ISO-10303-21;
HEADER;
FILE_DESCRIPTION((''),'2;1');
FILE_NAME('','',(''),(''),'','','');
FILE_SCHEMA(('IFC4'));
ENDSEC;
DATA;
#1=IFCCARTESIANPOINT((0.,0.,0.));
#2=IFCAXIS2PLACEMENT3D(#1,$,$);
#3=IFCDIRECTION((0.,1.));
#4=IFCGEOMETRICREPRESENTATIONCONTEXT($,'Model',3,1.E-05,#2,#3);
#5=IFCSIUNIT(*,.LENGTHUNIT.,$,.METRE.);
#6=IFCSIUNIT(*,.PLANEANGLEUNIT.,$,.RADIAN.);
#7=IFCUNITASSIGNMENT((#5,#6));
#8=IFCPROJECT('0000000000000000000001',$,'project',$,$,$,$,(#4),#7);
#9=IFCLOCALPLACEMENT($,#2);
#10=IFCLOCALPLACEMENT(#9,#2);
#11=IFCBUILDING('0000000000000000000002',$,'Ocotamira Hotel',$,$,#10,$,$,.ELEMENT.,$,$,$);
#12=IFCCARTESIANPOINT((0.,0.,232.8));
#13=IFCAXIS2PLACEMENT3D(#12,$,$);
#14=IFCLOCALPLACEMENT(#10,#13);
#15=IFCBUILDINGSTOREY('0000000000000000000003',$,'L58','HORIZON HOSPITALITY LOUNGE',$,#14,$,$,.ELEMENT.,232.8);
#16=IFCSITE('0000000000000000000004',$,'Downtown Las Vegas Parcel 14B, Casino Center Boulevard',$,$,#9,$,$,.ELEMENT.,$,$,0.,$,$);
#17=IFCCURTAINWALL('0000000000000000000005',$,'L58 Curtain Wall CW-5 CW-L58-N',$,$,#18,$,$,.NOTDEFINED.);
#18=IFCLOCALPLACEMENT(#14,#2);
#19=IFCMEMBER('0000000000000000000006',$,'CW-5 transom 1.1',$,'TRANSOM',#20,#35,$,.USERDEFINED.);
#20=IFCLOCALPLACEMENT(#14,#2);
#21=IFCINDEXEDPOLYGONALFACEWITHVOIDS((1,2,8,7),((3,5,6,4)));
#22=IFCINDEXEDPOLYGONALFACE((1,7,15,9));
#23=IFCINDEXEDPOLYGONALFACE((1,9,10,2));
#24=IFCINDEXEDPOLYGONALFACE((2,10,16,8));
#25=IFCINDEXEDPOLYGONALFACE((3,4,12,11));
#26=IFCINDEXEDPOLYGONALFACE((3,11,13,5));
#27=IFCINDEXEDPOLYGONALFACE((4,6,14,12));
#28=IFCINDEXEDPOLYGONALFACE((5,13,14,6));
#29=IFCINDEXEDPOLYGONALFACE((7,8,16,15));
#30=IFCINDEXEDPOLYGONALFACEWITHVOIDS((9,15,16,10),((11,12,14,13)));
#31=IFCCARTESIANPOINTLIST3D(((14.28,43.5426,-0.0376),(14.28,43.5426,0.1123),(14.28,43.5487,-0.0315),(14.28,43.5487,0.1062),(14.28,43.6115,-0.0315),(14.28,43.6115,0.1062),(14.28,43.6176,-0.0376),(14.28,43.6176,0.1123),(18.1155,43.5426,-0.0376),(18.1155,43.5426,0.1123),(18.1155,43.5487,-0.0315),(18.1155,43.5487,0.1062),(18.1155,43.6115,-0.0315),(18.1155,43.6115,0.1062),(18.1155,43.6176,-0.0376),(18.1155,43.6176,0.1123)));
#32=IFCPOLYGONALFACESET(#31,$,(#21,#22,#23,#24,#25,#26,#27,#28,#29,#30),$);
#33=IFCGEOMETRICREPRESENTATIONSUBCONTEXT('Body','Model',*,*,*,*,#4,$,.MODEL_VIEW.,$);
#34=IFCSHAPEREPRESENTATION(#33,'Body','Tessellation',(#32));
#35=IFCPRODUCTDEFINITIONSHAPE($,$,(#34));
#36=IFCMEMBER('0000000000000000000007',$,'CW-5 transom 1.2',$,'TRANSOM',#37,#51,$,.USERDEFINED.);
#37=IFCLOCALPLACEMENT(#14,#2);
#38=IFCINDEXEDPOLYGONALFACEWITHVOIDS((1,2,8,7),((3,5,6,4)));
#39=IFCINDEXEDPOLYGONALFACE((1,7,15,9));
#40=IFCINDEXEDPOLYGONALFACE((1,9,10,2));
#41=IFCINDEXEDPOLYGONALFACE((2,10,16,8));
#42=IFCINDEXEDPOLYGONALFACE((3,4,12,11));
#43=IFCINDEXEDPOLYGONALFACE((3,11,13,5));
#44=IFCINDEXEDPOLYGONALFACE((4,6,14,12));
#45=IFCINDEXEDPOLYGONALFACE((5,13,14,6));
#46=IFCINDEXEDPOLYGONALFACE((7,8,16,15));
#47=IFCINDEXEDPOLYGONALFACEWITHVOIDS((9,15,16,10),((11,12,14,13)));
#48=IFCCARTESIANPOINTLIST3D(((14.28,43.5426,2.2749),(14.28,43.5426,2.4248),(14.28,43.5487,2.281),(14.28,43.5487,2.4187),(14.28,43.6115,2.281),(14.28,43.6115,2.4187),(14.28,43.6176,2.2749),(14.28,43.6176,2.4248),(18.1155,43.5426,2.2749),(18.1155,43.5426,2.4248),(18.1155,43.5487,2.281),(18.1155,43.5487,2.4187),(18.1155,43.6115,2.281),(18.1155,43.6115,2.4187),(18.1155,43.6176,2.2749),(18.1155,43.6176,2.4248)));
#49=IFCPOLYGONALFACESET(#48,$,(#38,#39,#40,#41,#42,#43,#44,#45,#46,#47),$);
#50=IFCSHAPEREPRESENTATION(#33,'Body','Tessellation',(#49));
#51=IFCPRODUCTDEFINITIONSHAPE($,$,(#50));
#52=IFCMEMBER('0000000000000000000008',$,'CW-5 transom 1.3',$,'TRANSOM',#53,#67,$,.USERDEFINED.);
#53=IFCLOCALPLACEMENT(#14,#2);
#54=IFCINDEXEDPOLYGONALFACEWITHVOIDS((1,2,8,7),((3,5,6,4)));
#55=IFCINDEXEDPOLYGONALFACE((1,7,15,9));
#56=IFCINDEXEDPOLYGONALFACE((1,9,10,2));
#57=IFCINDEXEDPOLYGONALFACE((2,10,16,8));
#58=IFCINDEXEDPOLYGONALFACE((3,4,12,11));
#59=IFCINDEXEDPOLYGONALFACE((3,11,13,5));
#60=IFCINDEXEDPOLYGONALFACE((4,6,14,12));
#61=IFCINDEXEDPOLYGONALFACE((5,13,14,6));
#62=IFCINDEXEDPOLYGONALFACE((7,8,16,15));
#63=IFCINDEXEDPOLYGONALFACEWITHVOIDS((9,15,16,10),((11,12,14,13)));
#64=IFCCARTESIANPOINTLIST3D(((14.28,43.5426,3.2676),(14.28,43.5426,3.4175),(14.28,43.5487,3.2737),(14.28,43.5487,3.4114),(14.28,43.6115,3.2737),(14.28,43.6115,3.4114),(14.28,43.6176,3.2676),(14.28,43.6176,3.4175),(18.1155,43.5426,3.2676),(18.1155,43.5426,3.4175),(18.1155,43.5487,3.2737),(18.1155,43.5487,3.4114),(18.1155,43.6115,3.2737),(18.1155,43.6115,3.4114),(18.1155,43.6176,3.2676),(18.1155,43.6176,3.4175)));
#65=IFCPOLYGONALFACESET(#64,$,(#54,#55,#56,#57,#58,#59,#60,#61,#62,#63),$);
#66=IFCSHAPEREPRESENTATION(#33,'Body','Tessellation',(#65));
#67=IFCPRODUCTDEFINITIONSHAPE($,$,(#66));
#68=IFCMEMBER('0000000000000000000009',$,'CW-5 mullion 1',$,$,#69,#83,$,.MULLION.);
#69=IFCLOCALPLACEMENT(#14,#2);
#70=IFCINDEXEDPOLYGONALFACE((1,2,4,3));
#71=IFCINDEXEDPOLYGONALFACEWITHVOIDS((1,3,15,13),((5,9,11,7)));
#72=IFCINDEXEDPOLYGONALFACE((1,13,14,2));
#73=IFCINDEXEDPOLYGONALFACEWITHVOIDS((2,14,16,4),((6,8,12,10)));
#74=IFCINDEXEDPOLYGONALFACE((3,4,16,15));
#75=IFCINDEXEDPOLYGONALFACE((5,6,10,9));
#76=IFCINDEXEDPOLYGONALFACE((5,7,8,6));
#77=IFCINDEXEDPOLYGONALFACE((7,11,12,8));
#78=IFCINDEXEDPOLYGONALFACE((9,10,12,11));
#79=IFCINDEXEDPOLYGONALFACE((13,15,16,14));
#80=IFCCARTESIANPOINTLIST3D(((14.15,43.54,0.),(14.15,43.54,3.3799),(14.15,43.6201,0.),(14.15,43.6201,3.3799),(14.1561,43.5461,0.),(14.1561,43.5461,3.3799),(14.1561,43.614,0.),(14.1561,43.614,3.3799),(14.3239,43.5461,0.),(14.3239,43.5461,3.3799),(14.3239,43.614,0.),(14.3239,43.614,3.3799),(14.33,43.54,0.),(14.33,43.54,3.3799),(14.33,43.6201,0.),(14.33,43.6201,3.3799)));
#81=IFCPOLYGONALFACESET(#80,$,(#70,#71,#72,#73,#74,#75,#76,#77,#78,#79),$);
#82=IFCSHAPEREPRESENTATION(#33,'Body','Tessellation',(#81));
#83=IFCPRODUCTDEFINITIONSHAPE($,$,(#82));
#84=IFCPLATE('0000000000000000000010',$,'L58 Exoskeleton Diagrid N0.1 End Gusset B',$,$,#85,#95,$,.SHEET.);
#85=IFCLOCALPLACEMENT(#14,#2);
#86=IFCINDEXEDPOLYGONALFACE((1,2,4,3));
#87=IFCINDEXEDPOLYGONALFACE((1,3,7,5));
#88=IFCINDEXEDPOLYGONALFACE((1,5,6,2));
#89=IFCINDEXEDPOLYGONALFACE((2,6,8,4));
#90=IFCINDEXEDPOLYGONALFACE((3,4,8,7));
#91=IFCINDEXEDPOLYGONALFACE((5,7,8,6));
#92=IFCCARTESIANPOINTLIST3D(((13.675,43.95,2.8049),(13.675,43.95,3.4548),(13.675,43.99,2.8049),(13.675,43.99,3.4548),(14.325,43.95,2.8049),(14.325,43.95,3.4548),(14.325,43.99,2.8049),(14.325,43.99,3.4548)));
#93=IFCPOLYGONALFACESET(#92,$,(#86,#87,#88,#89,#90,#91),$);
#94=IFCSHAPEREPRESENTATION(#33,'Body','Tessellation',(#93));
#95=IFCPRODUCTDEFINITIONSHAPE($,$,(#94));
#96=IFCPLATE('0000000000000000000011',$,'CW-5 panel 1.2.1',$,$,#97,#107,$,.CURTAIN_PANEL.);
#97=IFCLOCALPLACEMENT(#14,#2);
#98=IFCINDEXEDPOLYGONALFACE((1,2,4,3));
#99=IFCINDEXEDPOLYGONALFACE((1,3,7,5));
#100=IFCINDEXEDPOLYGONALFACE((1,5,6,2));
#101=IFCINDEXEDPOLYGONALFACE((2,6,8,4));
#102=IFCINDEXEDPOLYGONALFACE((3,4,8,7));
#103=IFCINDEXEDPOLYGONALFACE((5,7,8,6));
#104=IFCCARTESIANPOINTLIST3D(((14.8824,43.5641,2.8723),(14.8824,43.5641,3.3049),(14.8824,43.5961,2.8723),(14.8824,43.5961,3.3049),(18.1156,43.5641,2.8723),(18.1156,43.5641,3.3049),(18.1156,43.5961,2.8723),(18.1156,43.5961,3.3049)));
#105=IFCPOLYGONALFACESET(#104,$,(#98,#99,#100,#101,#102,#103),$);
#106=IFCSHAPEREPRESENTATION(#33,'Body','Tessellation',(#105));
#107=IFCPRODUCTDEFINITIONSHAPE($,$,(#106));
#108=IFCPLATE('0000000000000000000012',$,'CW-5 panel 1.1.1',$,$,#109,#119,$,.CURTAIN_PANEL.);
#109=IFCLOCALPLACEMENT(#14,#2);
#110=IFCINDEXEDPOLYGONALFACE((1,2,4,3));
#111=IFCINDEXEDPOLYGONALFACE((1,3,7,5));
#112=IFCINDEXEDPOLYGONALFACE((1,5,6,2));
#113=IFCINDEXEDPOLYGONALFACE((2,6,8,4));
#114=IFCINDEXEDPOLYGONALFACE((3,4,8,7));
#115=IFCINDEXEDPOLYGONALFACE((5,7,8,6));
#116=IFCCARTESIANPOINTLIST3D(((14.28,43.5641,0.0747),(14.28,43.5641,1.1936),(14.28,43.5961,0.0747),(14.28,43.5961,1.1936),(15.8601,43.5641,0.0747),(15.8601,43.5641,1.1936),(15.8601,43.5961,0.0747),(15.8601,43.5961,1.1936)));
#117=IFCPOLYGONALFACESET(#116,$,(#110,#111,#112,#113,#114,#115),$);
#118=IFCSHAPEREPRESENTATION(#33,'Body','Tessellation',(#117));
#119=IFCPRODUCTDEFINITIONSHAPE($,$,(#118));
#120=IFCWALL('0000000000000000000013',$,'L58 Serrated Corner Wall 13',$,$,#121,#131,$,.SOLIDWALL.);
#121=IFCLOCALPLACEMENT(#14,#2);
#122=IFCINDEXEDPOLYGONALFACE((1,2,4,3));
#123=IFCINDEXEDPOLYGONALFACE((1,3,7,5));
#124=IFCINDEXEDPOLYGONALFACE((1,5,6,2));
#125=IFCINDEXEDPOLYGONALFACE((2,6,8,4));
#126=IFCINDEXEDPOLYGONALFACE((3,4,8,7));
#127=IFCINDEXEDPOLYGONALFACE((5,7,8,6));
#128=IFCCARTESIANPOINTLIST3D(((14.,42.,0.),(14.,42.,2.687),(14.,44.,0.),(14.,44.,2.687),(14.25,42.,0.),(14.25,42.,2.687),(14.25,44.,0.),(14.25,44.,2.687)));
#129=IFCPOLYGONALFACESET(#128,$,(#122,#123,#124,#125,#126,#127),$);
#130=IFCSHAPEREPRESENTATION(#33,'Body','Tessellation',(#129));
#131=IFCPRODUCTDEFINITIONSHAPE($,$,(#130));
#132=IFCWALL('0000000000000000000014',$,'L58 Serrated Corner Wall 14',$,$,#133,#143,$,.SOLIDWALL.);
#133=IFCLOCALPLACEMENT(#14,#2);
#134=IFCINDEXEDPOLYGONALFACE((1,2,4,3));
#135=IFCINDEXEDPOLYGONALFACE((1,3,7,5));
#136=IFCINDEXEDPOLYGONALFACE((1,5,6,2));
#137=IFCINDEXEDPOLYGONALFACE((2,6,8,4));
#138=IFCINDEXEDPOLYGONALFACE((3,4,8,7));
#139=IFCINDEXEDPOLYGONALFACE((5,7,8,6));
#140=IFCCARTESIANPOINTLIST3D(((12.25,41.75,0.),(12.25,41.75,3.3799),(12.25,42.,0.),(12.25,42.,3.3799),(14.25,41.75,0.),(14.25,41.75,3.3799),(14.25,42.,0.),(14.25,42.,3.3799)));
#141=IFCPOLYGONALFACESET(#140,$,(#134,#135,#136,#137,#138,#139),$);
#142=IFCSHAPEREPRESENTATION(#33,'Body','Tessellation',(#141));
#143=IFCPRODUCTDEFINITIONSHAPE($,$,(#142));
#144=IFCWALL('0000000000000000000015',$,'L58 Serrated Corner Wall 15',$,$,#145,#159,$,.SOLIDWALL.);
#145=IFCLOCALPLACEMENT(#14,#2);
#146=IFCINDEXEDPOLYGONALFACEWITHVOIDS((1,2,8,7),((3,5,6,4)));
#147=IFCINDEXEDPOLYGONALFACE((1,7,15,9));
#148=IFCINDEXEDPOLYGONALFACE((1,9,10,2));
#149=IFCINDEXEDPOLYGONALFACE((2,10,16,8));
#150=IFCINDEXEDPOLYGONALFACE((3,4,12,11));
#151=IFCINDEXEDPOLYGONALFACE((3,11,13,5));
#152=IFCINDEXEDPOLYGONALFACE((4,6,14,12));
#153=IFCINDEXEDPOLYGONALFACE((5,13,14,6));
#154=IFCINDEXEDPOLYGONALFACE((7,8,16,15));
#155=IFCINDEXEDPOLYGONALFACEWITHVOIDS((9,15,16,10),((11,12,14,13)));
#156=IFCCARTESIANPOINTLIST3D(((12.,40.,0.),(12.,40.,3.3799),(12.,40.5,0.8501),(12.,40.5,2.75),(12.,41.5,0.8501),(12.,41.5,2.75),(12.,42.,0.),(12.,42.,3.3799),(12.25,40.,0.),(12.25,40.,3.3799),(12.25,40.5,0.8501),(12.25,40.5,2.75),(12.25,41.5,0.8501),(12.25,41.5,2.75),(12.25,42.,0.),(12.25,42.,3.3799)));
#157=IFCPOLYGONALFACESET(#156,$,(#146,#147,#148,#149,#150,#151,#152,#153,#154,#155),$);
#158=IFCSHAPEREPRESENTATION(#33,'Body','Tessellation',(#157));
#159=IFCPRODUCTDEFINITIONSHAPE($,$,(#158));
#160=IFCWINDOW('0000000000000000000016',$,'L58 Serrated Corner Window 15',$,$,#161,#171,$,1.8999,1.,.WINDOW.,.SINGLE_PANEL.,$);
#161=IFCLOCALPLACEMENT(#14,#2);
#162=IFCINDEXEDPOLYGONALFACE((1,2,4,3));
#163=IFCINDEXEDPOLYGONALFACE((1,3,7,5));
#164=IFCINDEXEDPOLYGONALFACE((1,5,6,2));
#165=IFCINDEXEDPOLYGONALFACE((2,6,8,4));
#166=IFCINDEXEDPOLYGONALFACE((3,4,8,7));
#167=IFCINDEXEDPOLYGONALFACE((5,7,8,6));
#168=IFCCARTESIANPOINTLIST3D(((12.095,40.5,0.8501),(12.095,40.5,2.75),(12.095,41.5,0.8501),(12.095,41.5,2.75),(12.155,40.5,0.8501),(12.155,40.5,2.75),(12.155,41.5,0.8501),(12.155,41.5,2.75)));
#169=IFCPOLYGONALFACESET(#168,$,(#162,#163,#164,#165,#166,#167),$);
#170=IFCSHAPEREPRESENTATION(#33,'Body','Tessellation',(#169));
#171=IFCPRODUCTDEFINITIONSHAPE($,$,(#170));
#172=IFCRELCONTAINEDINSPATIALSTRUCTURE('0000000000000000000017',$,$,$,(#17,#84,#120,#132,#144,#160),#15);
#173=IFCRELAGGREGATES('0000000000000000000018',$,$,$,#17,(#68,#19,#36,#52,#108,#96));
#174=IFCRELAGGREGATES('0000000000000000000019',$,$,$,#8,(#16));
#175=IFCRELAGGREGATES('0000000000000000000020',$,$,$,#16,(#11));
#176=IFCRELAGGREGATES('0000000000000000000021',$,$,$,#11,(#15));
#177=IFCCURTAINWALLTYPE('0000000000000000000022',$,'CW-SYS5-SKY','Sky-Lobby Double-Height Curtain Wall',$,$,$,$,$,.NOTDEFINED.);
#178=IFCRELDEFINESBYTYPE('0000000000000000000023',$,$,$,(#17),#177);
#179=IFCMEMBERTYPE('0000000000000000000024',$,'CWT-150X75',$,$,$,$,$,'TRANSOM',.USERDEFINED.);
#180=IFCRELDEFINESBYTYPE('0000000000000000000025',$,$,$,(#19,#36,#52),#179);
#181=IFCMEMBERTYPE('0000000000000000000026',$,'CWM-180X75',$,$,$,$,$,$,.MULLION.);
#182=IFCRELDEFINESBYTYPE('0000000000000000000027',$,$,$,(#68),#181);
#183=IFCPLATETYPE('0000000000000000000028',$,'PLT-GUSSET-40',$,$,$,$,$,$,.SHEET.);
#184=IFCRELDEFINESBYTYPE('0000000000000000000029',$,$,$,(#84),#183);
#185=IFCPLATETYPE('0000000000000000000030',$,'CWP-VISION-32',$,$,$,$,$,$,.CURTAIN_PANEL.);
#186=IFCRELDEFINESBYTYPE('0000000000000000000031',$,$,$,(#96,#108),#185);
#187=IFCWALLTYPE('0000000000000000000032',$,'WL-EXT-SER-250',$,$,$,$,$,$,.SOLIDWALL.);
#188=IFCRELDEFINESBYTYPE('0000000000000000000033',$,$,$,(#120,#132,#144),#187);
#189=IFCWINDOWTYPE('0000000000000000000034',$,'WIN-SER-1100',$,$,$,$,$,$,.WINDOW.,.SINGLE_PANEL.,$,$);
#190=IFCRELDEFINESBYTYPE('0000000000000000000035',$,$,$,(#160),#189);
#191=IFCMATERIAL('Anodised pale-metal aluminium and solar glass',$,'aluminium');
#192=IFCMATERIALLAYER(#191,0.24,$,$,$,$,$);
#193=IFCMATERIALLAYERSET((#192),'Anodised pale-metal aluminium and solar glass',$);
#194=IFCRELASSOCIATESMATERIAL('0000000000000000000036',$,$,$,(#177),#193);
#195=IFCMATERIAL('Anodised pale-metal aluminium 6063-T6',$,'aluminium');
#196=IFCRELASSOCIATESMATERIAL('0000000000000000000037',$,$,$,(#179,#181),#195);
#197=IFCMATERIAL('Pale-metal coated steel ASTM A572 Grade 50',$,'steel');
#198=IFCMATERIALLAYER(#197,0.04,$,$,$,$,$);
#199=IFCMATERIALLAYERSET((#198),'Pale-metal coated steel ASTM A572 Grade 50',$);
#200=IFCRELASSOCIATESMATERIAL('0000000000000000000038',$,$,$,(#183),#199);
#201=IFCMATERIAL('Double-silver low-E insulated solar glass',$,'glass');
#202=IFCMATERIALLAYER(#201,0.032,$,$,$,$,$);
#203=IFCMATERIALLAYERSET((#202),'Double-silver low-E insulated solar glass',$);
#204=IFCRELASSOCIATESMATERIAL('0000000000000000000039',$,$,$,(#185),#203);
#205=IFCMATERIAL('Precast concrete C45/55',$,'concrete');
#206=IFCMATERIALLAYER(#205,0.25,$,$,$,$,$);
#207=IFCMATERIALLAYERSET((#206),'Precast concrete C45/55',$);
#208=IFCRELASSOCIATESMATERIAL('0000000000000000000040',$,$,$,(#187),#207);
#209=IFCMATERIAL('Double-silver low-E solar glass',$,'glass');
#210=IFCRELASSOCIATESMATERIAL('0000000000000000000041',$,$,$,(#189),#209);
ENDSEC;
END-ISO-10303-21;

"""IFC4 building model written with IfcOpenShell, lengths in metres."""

from ifc_helpers import new_model, si_unit, direction, frame, frame_2d, origin, origin_2d, place, context, subcontext, project, spatial, rectangle, hollow_rectangle, extrude, source, transform, mapped, material, layer, layer_set, material_profile, profile_set, type_object, element, fill, aggregate, save


model = new_model("IFC4")

# Units and contexts
model_context = context("Model", 3, precision=1e-05, world=origin(), true_north=direction((0.0, 1.0)))
body_context = subcontext(model_context, "Body", "Model", "MODEL_VIEW")
ifc_project = project(units=[si_unit("LENGTHUNIT", "METRE"), si_unit("PLANEANGLEUNIT", "RADIAN")], contexts=[model_context])

# Site, building, storey
site_placement = place(None, origin())
site = spatial("IfcSite", under=ifc_project, at=site_placement, Name="Downtown Las Vegas Parcel 14B, Casino Center Boulevard", CompositionType="ELEMENT", RefElevation=0.0)
building_placement = place(site_placement, origin())
building = spatial("IfcBuilding", under=site, at=building_placement, Name="Ocotamira Hotel", CompositionType="ELEMENT")
storey_placement = place(building_placement, frame((0.0, 0.0, 232.8)))
storey = spatial("IfcBuildingStorey", under=building, at=storey_placement, Name="L58", Description="HORIZON HOSPITALITY LOUNGE", CompositionType="ELEMENT", Elevation=232.8)

# Curtain wall, members
ifc_material_1 = material(Name="Anodised pale-metal aluminium and solar glass", Category="aluminium")
ifc_layer_1 = layer(ifc_material_1, 0.24)
ifc_layer_set_1 = layer_set([ifc_layer_1], Name="Anodised pale-metal aluminium and solar glass")
curtain_wall_type = type_object("IfcCurtainWallType", Name="CW-SYS5-SKY", Description="Sky-Lobby Double-Height Curtain Wall", PredefinedType="NOTDEFINED", material=ifc_layer_set_1)
curtain_wall_placement = place(storey_placement, origin())
curtain_wall = element("IfcCurtainWall", 1, at=curtain_wall_placement, inside=storey, type_object=curtain_wall_type, Name="L58 Curtain Wall CW-5 CW-L58-N", PredefinedType="NOTDEFINED")
ifc_material_2 = material(Name="Anodised pale-metal aluminium 6063-T6", Category="aluminium")
ifc_material_profile_1 = material_profile(ifc_material_2, hollow_rectangle(XDim=0.075, YDim=0.1499, WallThickness=0.0061, at=origin_2d()), Name="HSS150X75X6")
ifc_profile_set_1 = profile_set([ifc_material_profile_1], Name="Anodised pale-metal aluminium 6063-T6")
member_type_1 = type_object("IfcMemberType", Name="CWT-150X75", ElementType="TRANSOM", PredefinedType="USERDEFINED", material=ifc_profile_set_1)
shared_shape_1 = source(origin(), body_context, "Body", "SweptSolid", [
    extrude(hollow_rectangle(XDim=0.075, YDim=0.1499, WallThickness=0.0061, at=origin_2d()), origin(), (0.0, 0.0, 1.0), 3.8354),
])
member_1_placement = place(storey_placement, frame((14.28, 43.5801, 0.0374), z_axis=(1.0, 0.0, 0.0), x_axis=(0.0, 1.0, 0.0)))
member_1 = element("IfcMember", 2, at=member_1_placement, type_object=member_type_1, Name="CW-5 transom 1.1", ObjectType="TRANSOM", PredefinedType="USERDEFINED", context=body_context, shape_type="MappedRepresentation", body=[
    mapped(shared_shape_1, transform((0.0, 0.0, 0.0), scale=1.0)),
])
member_2_placement = place(storey_placement, frame((14.28, 43.5801, 2.3499), z_axis=(1.0, 0.0, 0.0), x_axis=(0.0, 1.0, 0.0)))
member_2 = element("IfcMember", 3, at=member_2_placement, type_object=member_type_1, Name="CW-5 transom 1.2", ObjectType="TRANSOM", PredefinedType="USERDEFINED", context=body_context, shape_type="MappedRepresentation", body=[
    mapped(shared_shape_1, transform((0.0, 0.0, 0.0), scale=1.0)),
])
member_3_placement = place(storey_placement, frame((14.28, 43.5801, 3.3425), z_axis=(1.0, 0.0, 0.0), x_axis=(0.0, 1.0, 0.0)))
member_3 = element("IfcMember", 4, at=member_3_placement, type_object=member_type_1, Name="CW-5 transom 1.3", ObjectType="TRANSOM", PredefinedType="USERDEFINED", context=body_context, shape_type="MappedRepresentation", body=[
    mapped(shared_shape_1, transform((0.0, 0.0, 0.0), scale=1.0)),
])
ifc_material_profile_2 = material_profile(ifc_material_2, hollow_rectangle(XDim=0.0801, YDim=0.1799, WallThickness=0.0061, at=origin_2d()), Name="HSS180X80X6")
ifc_profile_set_2 = profile_set([ifc_material_profile_2], Name="Anodised pale-metal aluminium 6063-T6")
member_type_2 = type_object("IfcMemberType", Name="CWM-180X75", PredefinedType="MULLION", material=ifc_profile_set_2)
shared_shape_2 = source(origin(), body_context, "Body", "SweptSolid", [
    extrude(hollow_rectangle(XDim=0.0801, YDim=0.1799, WallThickness=0.0061, at=origin_2d()), origin(), (0.0, 0.0, 1.0), 3.3799),
])
member_4_placement = place(storey_placement, frame((14.24, 43.5801, 0.0), z_axis=(0.0, 0.0, 1.0), x_axis=(0.0, 1.0, 0.0)))
member_4 = element("IfcMember", 5, at=member_4_placement, type_object=member_type_2, Name="CW-5 mullion 1", PredefinedType="MULLION", context=body_context, shape_type="MappedRepresentation", body=[
    mapped(shared_shape_2, transform((0.0, 0.0, 0.0), scale=1.0)),
])

# Plates
ifc_material_3 = material(Name="Pale-metal coated steel ASTM A572 Grade 50", Category="steel")
ifc_layer_2 = layer(ifc_material_3, 0.04)
ifc_layer_set_2 = layer_set([ifc_layer_2], Name="Pale-metal coated steel ASTM A572 Grade 50")
plate_type_1 = type_object("IfcPlateType", Name="PLT-GUSSET-40", PredefinedType="SHEET", material=ifc_layer_set_2)
shared_shape_3 = source(origin(), body_context, "Body", "SweptSolid", [
    extrude(rectangle(XDim=0.6499, YDim=0.04, at=origin_2d()), origin(), (0.0, 0.0, 1.0), 0.6499),
])
plate_1_placement = place(storey_placement, frame((14.0, 43.97, 2.8049), z_axis=(0.0, 0.0, 1.0), x_axis=(-1.0, 0.0, 0.0)))
element("IfcPlate", 6, at=plate_1_placement, inside=storey, type_object=plate_type_1, Name="L58 Exoskeleton Diagrid N0.1 End Gusset B", PredefinedType="SHEET", context=body_context, shape_type="MappedRepresentation", body=[
    mapped(shared_shape_3, transform((0.0, 0.0, 0.0), scale=1.0)),
])
ifc_material_4 = material(Name="Double-silver low-E insulated solar glass", Category="glass")
ifc_layer_3 = layer(ifc_material_4, 0.032)
ifc_layer_set_3 = layer_set([ifc_layer_3], Name="Double-silver low-E insulated solar glass")
plate_type_2 = type_object("IfcPlateType", Name="CWP-VISION-32", PredefinedType="CURTAIN_PANEL", material=ifc_layer_set_3)
shared_shape_4 = source(origin(), body_context, "Body", "SweptSolid", [
    extrude(rectangle(XDim=3.2332, YDim=0.032, at=origin_2d()), origin(), (0.0, 0.0, 1.0), 0.4326),
])
plate_2_placement = place(storey_placement, frame((16.499, 43.5801, 2.8723), z_axis=(0.0, 0.0, 1.0), x_axis=(1.0, 0.0, 0.0)))
plate_2 = element("IfcPlate", 7, at=plate_2_placement, type_object=plate_type_2, Name="CW-5 panel 1.2.1", PredefinedType="CURTAIN_PANEL", context=body_context, shape_type="MappedRepresentation", body=[
    mapped(shared_shape_4, transform((0.0, 0.0, 0.0), scale=1.0)),
])
shared_shape_5 = source(origin(), body_context, "Body", "SweptSolid", [
    extrude(rectangle(XDim=1.5801, YDim=0.032, at=origin_2d()), origin(), (0.0, 0.0, 1.0), 1.1189),
])
plate_3_placement = place(storey_placement, frame((15.0701, 43.5801, 0.0747), z_axis=(0.0, 0.0, 1.0), x_axis=(1.0, 0.0, 0.0)))
plate_3 = element("IfcPlate", 8, at=plate_3_placement, type_object=plate_type_2, Name="CW-5 panel 1.1.1", PredefinedType="CURTAIN_PANEL", context=body_context, shape_type="MappedRepresentation", body=[
    mapped(shared_shape_5, transform((0.0, 0.0, 0.0), scale=1.0)),
])
aggregate(curtain_wall, [member_4, member_1, member_2, member_3, plate_3, plate_2])

# Walls
ifc_material_5 = material(Name="Precast concrete C45/55", Category="concrete")
ifc_layer_4 = layer(ifc_material_5, 0.25)
ifc_layer_set_4 = layer_set([ifc_layer_4], Name="Precast concrete C45/55")
wall_type_1 = type_object("IfcWallType", Name="WL-EXT-SER-250", PredefinedType="SOLIDWALL", material=ifc_layer_set_4)
wall_1_placement = place(storey_placement, frame((14.125, 44.0, 0.0), z_axis=(0.0, 0.0, 1.0), x_axis=(0.0, -1.0, 0.0)))
element("IfcWall", 9, at=wall_1_placement, inside=storey, type_object=wall_type_1, Name="L58 Serrated Corner Wall 13", PredefinedType="SOLIDWALL", context=body_context, shape_type="SweptSolid", body=[
    extrude(rectangle(XDim=2.0, YDim=0.25, at=frame_2d((1.0, 0.0))), origin(), (0.0, 0.0, 1.0), 2.687),
])
wall_2_placement = place(storey_placement, frame((14.25, 41.875, 0.0), z_axis=(0.0, 0.0, 1.0), x_axis=(-1.0, 0.0, 0.0)))
element("IfcWall", 10, at=wall_2_placement, inside=storey, type_object=wall_type_1, Name="L58 Serrated Corner Wall 14", PredefinedType="SOLIDWALL", context=body_context, shape_type="SweptSolid", body=[
    extrude(rectangle(XDim=2.0, YDim=0.25, at=frame_2d((1.0, 0.0))), origin(), (0.0, 0.0, 1.0), 3.3799),
])

# Wall, opening, window
wall_3_placement = place(storey_placement, frame((12.125, 42.0, 0.0), z_axis=(0.0, 0.0, 1.0), x_axis=(0.0, -1.0, 0.0)))
wall_3 = element("IfcWall", 11, at=wall_3_placement, inside=storey, type_object=wall_type_1, Name="L58 Serrated Corner Wall 15", PredefinedType="SOLIDWALL", context=body_context, shape_type="SweptSolid", body=[
    extrude(rectangle(XDim=2.0, YDim=0.25, at=frame_2d((1.0, 0.0))), origin(), (0.0, 0.0, 1.0), 3.3799),
])
opening_placement = place(wall_3_placement, frame((0.5, 0.0, 0.8501)))
opening = element("IfcOpeningElement", 12, at=opening_placement, cuts=wall_3, PredefinedType="OPENING", context=body_context, shape_type="SweptSolid", body=[
    extrude(rectangle(XDim=1.0, YDim=1.8999, at=frame_2d((0.5, 0.95))), frame((0.0, 0.135, 0.0), z_axis=(0.0, -1.0, 0.0), x_axis=(1.0, 0.0, 0.0)), (0.0, 0.0, 1.0), 0.27),
])
ifc_material_6 = material(Name="Double-silver low-E solar glass", Category="glass")
window_type = type_object("IfcWindowType", Name="WIN-SER-1100", PartitioningType="SINGLE_PANEL", PredefinedType="WINDOW", material=ifc_material_6)
shared_shape_6 = source(origin(), body_context, "Body", "SweptSolid", [
    extrude(rectangle(XDim=1.0, YDim=1.8999, at=frame_2d((0.5, 0.95))), frame((0.0, 0.03, 0.0), z_axis=(0.0, -1.0, 0.0), x_axis=(1.0, 0.0, 0.0)), (0.0, 0.0, 1.0), 0.0601),
])
window_placement = place(opening_placement, origin())
window = element("IfcWindow", 13, at=window_placement, inside=storey, type_object=window_type, Name="L58 Serrated Corner Window 15", OverallHeight=1.8999, OverallWidth=1.0, PartitioningType="SINGLE_PANEL", PredefinedType="WINDOW", context=body_context, shape_type="MappedRepresentation", body=[
    mapped(shared_shape_6, transform((0.0, 0.0, 0.0), scale=1.0)),
])
fill(opening, window)

save(model, "model.ifc")
